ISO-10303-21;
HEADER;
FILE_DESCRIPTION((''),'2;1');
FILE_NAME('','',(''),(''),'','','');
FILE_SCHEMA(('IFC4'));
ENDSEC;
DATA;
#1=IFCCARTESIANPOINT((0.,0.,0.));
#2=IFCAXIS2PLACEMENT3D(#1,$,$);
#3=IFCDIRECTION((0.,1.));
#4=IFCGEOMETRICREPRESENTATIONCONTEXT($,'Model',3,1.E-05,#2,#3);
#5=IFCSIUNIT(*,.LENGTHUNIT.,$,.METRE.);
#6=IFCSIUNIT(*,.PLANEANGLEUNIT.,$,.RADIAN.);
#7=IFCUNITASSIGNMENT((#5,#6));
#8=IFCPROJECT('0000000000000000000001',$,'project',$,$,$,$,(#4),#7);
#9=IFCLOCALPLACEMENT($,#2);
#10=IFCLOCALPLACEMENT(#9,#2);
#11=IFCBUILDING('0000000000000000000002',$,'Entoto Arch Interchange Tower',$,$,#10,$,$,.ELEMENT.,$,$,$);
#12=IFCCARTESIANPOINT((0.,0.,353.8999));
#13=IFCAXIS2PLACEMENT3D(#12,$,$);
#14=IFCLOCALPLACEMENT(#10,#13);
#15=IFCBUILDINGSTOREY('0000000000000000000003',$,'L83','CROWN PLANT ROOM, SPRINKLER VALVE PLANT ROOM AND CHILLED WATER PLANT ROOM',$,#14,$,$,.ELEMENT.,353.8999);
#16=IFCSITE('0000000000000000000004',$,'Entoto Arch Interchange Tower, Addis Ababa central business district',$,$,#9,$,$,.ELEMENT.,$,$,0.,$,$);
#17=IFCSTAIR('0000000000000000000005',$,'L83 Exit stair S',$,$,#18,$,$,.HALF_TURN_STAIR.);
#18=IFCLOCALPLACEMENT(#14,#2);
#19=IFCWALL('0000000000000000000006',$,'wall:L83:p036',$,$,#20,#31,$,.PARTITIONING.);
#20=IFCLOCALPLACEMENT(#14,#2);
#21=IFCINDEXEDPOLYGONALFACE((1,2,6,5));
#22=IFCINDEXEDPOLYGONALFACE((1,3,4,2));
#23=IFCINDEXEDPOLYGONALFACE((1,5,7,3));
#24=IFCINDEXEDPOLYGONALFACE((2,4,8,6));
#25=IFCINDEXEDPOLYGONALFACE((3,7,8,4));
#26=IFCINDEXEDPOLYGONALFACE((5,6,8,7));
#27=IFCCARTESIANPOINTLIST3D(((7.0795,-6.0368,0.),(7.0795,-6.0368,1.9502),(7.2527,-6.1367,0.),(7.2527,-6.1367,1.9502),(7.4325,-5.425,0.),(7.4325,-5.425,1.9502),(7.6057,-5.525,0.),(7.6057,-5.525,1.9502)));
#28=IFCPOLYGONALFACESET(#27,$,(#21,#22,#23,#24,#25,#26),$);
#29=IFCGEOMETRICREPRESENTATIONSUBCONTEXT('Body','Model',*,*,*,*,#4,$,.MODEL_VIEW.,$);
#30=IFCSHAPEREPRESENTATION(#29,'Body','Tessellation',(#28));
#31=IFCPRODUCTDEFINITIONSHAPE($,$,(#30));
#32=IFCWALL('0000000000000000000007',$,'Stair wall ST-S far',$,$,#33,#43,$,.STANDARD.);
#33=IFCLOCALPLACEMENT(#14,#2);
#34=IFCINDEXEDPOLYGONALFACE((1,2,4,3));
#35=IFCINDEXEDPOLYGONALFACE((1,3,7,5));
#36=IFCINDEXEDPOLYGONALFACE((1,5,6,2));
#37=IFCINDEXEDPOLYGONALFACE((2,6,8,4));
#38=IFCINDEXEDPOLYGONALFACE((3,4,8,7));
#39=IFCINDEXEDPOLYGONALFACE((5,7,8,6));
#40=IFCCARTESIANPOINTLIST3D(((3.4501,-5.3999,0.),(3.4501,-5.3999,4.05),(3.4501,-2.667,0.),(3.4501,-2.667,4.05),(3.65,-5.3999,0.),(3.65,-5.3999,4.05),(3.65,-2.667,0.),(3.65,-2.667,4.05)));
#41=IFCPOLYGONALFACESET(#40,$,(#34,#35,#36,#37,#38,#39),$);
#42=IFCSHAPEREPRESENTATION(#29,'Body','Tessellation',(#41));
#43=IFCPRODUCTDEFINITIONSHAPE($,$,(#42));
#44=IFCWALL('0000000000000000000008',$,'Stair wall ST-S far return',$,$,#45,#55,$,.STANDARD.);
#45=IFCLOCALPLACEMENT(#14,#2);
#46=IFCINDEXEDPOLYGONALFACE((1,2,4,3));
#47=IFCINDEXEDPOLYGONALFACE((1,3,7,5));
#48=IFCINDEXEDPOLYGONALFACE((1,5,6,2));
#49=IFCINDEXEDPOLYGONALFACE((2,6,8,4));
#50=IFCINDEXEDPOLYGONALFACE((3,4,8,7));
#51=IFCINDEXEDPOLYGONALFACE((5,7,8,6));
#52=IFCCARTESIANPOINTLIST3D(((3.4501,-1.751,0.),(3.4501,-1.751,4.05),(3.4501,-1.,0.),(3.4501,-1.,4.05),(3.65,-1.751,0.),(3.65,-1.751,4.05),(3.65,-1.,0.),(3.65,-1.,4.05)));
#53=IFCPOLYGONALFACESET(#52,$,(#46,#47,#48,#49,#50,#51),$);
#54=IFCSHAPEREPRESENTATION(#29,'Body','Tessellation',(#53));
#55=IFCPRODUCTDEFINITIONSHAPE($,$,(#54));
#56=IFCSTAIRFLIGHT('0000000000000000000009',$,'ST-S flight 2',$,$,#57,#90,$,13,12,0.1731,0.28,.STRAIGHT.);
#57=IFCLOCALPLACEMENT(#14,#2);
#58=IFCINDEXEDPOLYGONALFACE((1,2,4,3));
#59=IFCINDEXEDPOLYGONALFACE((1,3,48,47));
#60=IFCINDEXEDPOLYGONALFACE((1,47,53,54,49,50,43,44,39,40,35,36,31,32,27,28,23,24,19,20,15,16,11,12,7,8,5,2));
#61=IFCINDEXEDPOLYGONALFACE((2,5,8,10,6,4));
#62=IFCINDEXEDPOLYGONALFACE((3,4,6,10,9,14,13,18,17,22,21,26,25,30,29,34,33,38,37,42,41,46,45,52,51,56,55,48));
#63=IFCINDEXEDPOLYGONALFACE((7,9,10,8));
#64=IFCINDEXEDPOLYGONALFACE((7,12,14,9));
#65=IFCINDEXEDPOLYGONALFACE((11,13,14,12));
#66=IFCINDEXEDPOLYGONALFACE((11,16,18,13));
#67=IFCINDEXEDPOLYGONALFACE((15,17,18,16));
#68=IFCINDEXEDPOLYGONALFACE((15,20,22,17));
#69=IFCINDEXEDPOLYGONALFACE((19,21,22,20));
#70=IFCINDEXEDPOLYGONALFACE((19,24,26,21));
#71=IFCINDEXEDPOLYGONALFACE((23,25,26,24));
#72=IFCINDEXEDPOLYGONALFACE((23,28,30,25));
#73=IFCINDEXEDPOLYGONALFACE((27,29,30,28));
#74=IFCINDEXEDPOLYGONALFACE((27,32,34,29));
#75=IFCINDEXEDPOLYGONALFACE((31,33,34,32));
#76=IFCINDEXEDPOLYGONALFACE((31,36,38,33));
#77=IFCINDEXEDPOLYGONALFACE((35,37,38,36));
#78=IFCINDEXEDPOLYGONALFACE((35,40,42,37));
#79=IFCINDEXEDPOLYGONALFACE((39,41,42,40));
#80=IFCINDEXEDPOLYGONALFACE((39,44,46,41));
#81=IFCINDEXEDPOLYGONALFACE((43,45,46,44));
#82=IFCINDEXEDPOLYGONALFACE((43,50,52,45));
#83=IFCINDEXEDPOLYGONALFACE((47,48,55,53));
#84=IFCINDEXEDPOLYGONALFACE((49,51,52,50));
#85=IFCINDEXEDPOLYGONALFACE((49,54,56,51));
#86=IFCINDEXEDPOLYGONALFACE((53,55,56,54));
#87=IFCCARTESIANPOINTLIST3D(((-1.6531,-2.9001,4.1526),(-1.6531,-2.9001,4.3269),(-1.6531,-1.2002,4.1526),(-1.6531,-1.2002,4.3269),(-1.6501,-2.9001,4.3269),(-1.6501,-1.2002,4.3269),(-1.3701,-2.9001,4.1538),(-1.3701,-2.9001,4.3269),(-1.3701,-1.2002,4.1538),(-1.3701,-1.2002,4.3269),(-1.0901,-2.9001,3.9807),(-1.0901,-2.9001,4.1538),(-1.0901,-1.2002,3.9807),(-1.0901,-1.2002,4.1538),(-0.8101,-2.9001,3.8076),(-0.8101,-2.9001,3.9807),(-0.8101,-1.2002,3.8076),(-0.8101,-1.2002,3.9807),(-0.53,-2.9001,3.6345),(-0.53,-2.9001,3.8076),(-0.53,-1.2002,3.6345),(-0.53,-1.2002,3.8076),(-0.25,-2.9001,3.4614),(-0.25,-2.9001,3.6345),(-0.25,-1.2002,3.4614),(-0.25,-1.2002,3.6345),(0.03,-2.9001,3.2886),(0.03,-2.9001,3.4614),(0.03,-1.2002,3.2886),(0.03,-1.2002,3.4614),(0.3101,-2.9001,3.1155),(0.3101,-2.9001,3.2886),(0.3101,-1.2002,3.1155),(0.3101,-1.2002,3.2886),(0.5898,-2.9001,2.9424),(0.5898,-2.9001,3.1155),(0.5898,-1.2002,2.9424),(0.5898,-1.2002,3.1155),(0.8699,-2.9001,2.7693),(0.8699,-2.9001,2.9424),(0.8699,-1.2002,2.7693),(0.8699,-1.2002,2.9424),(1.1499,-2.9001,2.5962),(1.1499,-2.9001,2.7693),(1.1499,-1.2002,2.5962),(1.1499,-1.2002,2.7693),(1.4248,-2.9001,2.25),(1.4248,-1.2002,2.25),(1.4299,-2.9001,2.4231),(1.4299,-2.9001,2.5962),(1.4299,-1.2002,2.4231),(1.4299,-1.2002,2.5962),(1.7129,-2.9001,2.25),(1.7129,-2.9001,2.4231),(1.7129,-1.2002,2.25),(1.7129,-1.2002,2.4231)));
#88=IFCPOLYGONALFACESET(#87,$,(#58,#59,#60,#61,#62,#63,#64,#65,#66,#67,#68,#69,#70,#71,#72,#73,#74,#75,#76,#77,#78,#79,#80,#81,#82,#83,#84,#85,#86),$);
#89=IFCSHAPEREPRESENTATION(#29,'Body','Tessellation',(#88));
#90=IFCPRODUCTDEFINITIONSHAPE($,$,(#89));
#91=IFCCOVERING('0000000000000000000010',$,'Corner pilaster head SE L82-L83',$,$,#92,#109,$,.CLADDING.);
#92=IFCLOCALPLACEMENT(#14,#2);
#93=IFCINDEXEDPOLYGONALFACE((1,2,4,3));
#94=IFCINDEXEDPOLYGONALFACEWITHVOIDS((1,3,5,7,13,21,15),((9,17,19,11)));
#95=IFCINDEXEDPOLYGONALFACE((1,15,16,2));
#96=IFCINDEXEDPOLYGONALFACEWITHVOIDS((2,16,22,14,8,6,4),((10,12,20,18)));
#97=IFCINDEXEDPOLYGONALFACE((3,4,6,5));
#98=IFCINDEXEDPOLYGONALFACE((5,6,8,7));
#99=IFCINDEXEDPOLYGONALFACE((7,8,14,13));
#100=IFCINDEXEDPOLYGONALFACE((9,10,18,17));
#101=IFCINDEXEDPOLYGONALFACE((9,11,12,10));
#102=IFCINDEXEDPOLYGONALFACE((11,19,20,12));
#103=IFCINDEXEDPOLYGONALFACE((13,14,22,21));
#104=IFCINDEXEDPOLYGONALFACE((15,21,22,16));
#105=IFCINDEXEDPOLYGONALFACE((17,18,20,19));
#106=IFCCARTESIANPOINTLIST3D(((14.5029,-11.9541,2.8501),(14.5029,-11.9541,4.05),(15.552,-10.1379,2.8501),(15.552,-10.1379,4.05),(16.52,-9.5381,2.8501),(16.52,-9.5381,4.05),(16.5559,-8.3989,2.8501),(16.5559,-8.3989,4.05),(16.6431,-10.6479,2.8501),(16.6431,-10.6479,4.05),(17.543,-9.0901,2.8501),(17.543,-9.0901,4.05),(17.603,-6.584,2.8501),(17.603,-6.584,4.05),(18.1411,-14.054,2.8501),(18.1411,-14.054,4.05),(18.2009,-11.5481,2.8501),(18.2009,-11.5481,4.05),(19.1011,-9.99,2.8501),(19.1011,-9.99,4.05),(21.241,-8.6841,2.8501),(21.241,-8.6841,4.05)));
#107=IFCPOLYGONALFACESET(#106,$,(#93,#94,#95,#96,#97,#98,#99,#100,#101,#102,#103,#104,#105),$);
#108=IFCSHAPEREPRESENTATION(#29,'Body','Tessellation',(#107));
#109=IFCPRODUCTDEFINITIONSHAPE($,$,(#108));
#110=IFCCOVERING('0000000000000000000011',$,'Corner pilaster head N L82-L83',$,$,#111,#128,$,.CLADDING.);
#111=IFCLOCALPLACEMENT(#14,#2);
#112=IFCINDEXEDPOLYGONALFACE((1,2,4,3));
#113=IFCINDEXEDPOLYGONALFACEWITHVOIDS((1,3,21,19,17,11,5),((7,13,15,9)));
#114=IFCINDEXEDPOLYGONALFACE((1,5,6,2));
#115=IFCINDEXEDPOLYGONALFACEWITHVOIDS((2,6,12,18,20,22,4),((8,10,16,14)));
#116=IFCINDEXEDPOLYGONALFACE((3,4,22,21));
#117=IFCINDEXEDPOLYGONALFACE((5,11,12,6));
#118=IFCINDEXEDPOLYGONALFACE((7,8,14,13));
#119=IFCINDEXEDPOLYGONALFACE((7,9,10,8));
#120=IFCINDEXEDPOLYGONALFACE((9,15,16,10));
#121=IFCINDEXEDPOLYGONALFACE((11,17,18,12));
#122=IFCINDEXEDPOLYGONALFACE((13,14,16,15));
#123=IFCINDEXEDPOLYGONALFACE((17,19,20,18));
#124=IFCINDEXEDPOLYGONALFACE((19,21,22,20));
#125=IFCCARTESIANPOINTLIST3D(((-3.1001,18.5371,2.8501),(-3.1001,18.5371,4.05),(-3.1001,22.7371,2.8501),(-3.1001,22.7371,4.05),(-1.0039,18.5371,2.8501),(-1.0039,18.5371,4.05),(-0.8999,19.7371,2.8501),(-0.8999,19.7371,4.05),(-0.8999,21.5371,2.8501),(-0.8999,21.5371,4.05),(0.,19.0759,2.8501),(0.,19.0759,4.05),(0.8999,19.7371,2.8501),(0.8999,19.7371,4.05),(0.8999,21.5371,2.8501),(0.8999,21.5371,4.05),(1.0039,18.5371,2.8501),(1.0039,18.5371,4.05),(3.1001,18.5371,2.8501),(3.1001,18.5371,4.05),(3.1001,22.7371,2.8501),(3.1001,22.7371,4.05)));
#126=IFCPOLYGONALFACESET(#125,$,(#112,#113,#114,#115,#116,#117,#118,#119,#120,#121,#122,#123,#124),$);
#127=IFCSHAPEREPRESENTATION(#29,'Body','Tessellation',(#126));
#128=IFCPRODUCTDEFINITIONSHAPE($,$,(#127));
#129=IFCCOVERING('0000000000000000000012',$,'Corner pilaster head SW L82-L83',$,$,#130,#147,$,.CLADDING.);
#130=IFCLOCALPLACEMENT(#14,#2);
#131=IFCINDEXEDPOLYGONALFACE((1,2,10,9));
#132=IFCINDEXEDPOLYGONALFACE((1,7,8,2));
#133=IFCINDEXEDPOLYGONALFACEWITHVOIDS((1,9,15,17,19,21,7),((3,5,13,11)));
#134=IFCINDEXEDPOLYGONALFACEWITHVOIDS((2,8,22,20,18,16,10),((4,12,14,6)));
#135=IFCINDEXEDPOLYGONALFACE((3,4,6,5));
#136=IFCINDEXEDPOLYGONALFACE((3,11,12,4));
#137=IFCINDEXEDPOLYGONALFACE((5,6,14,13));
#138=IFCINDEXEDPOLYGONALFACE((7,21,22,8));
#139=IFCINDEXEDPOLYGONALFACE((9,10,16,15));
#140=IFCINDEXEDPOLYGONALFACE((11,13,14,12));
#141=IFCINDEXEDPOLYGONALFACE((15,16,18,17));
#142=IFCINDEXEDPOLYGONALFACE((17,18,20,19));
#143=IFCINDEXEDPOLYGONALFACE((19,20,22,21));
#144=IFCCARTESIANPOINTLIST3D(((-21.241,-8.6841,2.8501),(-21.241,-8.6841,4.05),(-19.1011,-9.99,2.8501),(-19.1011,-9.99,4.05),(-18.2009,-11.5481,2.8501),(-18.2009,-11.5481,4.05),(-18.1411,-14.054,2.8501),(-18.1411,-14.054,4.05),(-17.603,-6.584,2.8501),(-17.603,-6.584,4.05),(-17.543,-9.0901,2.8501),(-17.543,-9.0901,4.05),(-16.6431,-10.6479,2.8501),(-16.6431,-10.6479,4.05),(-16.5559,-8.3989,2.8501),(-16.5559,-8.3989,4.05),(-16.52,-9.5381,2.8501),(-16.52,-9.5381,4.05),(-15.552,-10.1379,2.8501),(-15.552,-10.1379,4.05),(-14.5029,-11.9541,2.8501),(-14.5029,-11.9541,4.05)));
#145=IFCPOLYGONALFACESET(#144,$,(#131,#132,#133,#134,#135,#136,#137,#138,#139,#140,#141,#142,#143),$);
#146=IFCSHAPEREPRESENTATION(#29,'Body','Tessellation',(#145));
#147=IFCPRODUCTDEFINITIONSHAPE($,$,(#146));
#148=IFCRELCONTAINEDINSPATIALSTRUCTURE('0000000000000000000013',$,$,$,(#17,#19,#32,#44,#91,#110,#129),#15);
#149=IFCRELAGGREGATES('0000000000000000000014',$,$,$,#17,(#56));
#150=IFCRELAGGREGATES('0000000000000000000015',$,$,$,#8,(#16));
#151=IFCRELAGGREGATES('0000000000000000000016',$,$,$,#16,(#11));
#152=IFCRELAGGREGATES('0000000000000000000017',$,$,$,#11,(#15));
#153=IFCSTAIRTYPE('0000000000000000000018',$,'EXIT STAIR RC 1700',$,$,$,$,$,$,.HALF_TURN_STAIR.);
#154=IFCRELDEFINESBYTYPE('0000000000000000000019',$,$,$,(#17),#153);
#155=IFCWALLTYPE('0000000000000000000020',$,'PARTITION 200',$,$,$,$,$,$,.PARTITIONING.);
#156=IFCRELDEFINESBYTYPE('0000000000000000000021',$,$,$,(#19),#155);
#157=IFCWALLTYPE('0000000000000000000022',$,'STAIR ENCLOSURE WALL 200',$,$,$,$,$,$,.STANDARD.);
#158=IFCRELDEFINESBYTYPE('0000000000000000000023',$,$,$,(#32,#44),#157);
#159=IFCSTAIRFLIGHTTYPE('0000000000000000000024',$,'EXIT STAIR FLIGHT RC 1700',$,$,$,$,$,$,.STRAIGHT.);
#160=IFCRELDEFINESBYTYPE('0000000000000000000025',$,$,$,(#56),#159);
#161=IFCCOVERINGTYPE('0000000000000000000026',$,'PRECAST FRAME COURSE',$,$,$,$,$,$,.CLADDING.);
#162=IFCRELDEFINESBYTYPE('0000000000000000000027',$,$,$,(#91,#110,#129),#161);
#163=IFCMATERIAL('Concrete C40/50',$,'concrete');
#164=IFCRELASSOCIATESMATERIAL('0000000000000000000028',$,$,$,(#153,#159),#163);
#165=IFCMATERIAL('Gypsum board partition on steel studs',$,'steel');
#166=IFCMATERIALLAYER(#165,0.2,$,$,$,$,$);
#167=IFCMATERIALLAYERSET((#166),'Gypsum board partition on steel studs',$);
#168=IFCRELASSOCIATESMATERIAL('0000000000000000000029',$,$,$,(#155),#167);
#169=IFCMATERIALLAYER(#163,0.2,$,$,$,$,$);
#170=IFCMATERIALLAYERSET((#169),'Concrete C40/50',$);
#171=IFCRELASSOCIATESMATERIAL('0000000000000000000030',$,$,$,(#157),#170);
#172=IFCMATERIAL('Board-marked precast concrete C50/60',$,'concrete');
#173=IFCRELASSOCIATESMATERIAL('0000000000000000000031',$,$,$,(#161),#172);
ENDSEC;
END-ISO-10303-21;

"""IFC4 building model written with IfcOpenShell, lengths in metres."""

from ifc_helpers import new_model, si_unit, direction, frame, frame_2d, origin, place, context, subcontext, project, spatial, polyline, rectangle, outline, extrude, material, layer, layer_set, type_object, element, aggregate, save


model = new_model("IFC4")

# Units and contexts
model_context = context("Model", 3, precision=1e-05, world=origin(), true_north=direction((0.0, 1.0)))
body_context = subcontext(model_context, "Body", "Model", "MODEL_VIEW")
ifc_project = project(units=[si_unit("LENGTHUNIT", "METRE"), si_unit("PLANEANGLEUNIT", "RADIAN")], contexts=[model_context])

# Site, building, storey
site_placement = place(None, origin())
site = spatial("IfcSite", under=ifc_project, at=site_placement, Name="Entoto Arch Interchange Tower, Addis Ababa central business district", CompositionType="ELEMENT", RefElevation=0.0)
building_placement = place(site_placement, origin())
building = spatial("IfcBuilding", under=site, at=building_placement, Name="Entoto Arch Interchange Tower", CompositionType="ELEMENT")
storey_placement = place(building_placement, frame((0.0, 0.0, 353.8999)))
storey = spatial("IfcBuildingStorey", under=building, at=storey_placement, Name="L83", Description="CROWN PLANT ROOM, SPRINKLER VALVE PLANT ROOM AND CHILLED WATER PLANT ROOM", CompositionType="ELEMENT", Elevation=353.8999)

# Shared definitions
ifc_material_1 = material(Name="Concrete C40/50", Category="concrete")

# Stair
stair_type = type_object("IfcStairType", Name="EXIT STAIR RC 1700", PredefinedType="HALF_TURN_STAIR", material=ifc_material_1)
stair_placement = place(storey_placement, origin())
stair = element("IfcStair", 1, at=stair_placement, inside=storey, type_object=stair_type, Name="L83 Exit stair S", PredefinedType="HALF_TURN_STAIR")

# Shared definitions
ifc_material_2 = material(Name="Gypsum board partition on steel studs", Category="steel")
ifc_layer_1 = layer(ifc_material_2, 0.2)
ifc_layer_set_1 = layer_set([ifc_layer_1], Name="Gypsum board partition on steel studs")
wall_type_1 = type_object("IfcWallType", Name="PARTITION 200", PredefinedType="PARTITIONING", material=ifc_layer_set_1)

# Walls
wall_1_placement = place(storey_placement, frame((7.519, -5.4751, 0.0), z_axis=(0.0, 0.0, 1.0), x_axis=(-0.499782, -0.866151, 0.0)))
element("IfcWall", 2, at=wall_1_placement, inside=storey, type_object=wall_type_1, Name="wall:L83:p036", PredefinedType="PARTITIONING", context=body_context, shape_type="SweptSolid", body=[
    extrude(rectangle(XDim=0.7063, YDim=0.2, at=frame_2d((0.353, 0.0))), origin(), (0.0, 0.0, 1.0), 1.9502),
])
ifc_layer_2 = layer(ifc_material_1, 0.2)
ifc_layer_set_2 = layer_set([ifc_layer_2], Name="Concrete C40/50")
wall_type_2 = type_object("IfcWallType", Name="STAIR ENCLOSURE WALL 200", PredefinedType="STANDARD", material=ifc_layer_set_2)
wall_2_placement = place(storey_placement, frame((3.55, -2.667, 0.0), z_axis=(0.0, 0.0, 1.0), x_axis=(0.0, -1.0, 0.0)))
element("IfcWall", 3, at=wall_2_placement, inside=storey, type_object=wall_type_2, Name="Stair wall ST-S far", PredefinedType="STANDARD", context=body_context, shape_type="SweptSolid", body=[
    extrude(rectangle(XDim=2.7329, YDim=0.2, at=frame_2d((1.3665, 0.0))), origin(), (0.0, 0.0, 1.0), 4.05),
])
wall_3_placement = place(storey_placement, frame((3.55, -1.0, 0.0), z_axis=(0.0, 0.0, 1.0), x_axis=(0.0, -1.0, 0.0)))
element("IfcWall", 4, at=wall_3_placement, inside=storey, type_object=wall_type_2, Name="Stair wall ST-S far return", PredefinedType="STANDARD", context=body_context, shape_type="SweptSolid", body=[
    extrude(rectangle(XDim=0.751, YDim=0.2, at=frame_2d((0.3755, 0.0))), origin(), (0.0, 0.0, 1.0), 4.05),
])

# Stair flight
stair_flight_type = type_object("IfcStairFlightType", Name="EXIT STAIR FLIGHT RC 1700", PredefinedType="STRAIGHT", material=ifc_material_1)
stair_flight_placement = place(storey_placement, frame((1.71, -2.05, 2.25), z_axis=(0.0, 0.0, 1.0), x_axis=(-1.0, 0.0, 0.0)))
stair_flight = element("IfcStairFlight", 5, at=stair_flight_placement, type_object=stair_flight_type, Name="ST-S flight 2", NumberOfRisers=13, NumberOfTreads=12, PredefinedType="STRAIGHT", RiserHeight=0.1731, TreadLength=0.28, context=body_context, shape_type="SweptSolid", body=[
    extrude(outline(polyline([(-0.0029, 0.0), (-0.0029, 0.1731), (0.28, 0.1731), (0.28, 0.3462), (0.5601, 0.3462), (0.5601, 0.5193), (0.8401, 0.5193), (0.8401, 0.6924), (1.1201, 0.6924), (1.1201, 0.8655), (1.3999, 0.8655), (1.3999, 1.0386), (1.6799, 1.0386), (1.6799, 1.2114), (1.96, 1.2114), (1.96, 1.3845), (2.24, 1.3845), (2.24, 1.5576), (2.52, 1.5576), (2.52, 1.7307), (2.8, 1.7307), (2.8, 1.9038), (3.0801, 1.9038), (3.0801, 2.0769), (3.3601, 2.0769), (3.363, 2.0769), (3.363, 1.9026), (0.2852, 0.0), (-0.0029, 0.0)])), frame((0.0, 0.8501, 0.0), z_axis=(0.0, -1.0, 0.0), x_axis=(1.0, 0.0, 0.0)), (0.0, 0.0, 1.0), 1.7),
])
aggregate(stair, [stair_flight])

# Coverings
ifc_material_3 = material(Name="Board-marked precast concrete C50/60", Category="concrete")
covering_type = type_object("IfcCoveringType", Name="PRECAST FRAME COURSE", PredefinedType="CLADDING", material=ifc_material_3)
covering_1_placement = place(storey_placement, frame((0.0, 0.0, 2.8501)))
element("IfcCovering", 6, at=covering_1_placement, inside=storey, type_object=covering_type, Name="Corner pilaster head SE L82-L83", PredefinedType="CLADDING", context=body_context, shape_type="SweptSolid", body=[
    extrude(outline(polyline([(21.241, -8.6841), (18.1411, -14.054), (14.5029, -11.9541), (15.552, -10.1379), (16.52, -9.5381), (16.5559, -8.3989), (17.603, -6.584), (21.241, -8.6841)]), holes=[polyline([(16.6431, -10.6479), (18.2009, -11.5481), (19.1011, -9.99), (17.543, -9.0901), (16.6431, -10.6479)])]), origin(), (0.0, 0.0, 1.0), 1.2),
])
covering_2_placement = place(storey_placement, frame((0.0, 0.0, 2.8501)))
element("IfcCovering", 7, at=covering_2_placement, inside=storey, type_object=covering_type, Name="Corner pilaster head N L82-L83", PredefinedType="CLADDING", context=body_context, shape_type="SweptSolid", body=[
    extrude(outline(polyline([(-3.1001, 22.7371), (3.1001, 22.7371), (3.1001, 18.5371), (1.0039, 18.5371), (0.0, 19.0759), (-1.0039, 18.5371), (-3.1001, 18.5371), (-3.1001, 22.7371)]), holes=[polyline([(0.8999, 19.7371), (0.8999, 21.5371), (-0.8999, 21.5371), (-0.8999, 19.7371), (0.8999, 19.7371)])]), origin(), (0.0, 0.0, 1.0), 1.2),
])
covering_3_placement = place(storey_placement, frame((0.0, 0.0, 2.8501)))
element("IfcCovering", 8, at=covering_3_placement, inside=storey, type_object=covering_type, Name="Corner pilaster head SW L82-L83", PredefinedType="CLADDING", context=body_context, shape_type="SweptSolid", body=[
    extrude(outline(polyline([(-18.1411, -14.054), (-21.241, -8.6841), (-17.603, -6.584), (-16.5559, -8.3989), (-16.52, -9.5381), (-15.552, -10.1379), (-14.5029, -11.9541), (-18.1411, -14.054)]), holes=[polyline([(-17.543, -9.0901), (-19.1011, -9.99), (-18.2009, -11.5481), (-16.6431, -10.6479), (-17.543, -9.0901)])]), origin(), (0.0, 0.0, 1.0), 1.2),
])

save(model, "model.ifc")
